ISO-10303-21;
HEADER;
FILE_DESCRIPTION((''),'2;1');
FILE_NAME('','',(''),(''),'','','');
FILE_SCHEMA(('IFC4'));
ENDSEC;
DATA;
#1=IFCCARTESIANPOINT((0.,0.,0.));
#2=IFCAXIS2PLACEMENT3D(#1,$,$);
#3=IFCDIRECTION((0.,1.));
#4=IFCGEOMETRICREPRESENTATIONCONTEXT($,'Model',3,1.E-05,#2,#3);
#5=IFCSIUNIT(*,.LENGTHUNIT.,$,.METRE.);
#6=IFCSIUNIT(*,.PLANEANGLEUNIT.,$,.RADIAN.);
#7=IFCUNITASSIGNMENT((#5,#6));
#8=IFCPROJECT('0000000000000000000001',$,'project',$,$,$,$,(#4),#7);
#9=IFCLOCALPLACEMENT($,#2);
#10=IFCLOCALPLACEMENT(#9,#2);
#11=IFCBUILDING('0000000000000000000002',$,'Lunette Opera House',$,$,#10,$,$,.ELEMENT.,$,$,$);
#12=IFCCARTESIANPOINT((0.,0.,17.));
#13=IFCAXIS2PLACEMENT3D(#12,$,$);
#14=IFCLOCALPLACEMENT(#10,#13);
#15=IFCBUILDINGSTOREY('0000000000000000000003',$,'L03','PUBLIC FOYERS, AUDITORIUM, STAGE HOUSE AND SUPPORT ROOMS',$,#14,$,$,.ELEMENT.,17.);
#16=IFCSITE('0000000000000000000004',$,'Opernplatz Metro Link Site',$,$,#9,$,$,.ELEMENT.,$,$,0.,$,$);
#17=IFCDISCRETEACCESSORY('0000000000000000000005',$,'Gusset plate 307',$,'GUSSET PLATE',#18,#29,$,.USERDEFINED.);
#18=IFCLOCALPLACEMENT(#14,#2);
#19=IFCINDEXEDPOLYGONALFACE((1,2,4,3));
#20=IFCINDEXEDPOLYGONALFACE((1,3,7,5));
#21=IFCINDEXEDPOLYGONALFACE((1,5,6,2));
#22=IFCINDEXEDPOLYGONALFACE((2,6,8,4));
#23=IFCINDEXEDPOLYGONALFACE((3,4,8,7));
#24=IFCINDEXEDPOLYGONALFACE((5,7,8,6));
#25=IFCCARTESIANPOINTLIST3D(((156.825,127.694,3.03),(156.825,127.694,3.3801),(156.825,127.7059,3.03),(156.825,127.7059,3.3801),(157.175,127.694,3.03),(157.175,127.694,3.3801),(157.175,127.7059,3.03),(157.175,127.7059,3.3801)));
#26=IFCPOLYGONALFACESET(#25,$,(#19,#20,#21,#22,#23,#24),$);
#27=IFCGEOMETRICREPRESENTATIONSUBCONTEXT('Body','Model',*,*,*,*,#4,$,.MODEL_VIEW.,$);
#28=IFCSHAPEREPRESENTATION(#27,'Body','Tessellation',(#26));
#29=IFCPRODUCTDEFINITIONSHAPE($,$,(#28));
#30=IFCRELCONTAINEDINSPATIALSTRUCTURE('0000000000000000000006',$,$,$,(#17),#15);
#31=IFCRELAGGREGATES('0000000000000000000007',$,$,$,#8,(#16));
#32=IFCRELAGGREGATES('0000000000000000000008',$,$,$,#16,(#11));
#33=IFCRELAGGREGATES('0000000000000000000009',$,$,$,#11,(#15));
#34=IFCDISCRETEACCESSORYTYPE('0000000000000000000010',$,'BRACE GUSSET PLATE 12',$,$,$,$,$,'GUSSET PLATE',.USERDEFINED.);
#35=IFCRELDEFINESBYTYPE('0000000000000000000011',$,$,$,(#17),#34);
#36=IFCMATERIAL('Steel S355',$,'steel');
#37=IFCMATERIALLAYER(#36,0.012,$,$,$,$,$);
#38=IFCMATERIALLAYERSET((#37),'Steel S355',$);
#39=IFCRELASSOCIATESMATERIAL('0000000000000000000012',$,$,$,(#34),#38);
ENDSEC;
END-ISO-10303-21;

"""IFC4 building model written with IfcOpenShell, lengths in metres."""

from ifc_helpers import new_model, si_unit, direction, frame, origin, origin_2d, place, context, subcontext, project, spatial, rectangle, extrude, material, layer, layer_set, type_object, element, save


model = new_model("IFC4")

# Units and contexts
model_context = context("Model", 3, precision=1e-05, world=origin(), true_north=direction((0.0, 1.0)))
body_context = subcontext(model_context, "Body", "Model", "MODEL_VIEW")
ifc_project = project(units=[si_unit("LENGTHUNIT", "METRE"), si_unit("PLANEANGLEUNIT", "RADIAN")], contexts=[model_context])

# Site, building, storey
site_placement = place(None, origin())
site = spatial("IfcSite", under=ifc_project, at=site_placement, Name="Opernplatz Metro Link Site", CompositionType="ELEMENT", RefElevation=0.0)
building_placement = place(site_placement, origin())
building = spatial("IfcBuilding", under=site, at=building_placement, Name="Lunette Opera House", CompositionType="ELEMENT")
storey_placement = place(building_placement, frame((0.0, 0.0, 17.0)))
storey = spatial("IfcBuildingStorey", under=building, at=storey_placement, Name="L03", Description="PUBLIC FOYERS, AUDITORIUM, STAGE HOUSE AND SUPPORT ROOMS", CompositionType="ELEMENT", Elevation=17.0)

# Discrete accessory
ifc_material_1 = material(Name="Steel S355", Category="steel")
ifc_layer_1 = layer(ifc_material_1, 0.012)
ifc_layer_set_1 = layer_set([ifc_layer_1], Name="Steel S355")
discrete_accessory_type = type_object("IfcDiscreteAccessoryType", Name="BRACE GUSSET PLATE 12", ElementType="GUSSET PLATE", PredefinedType="USERDEFINED", material=ifc_layer_set_1)
for number, where, z_axis, x_axis, name in (
    (1, (157.0, 127.7, 3.03), (0.0, 0.0, 1.0), (1.0, 0.0, 0.0), "Gusset plate 307"),
):
    element("IfcDiscreteAccessory", number, at=place(storey_placement, frame(where, z_axis=z_axis, x_axis=x_axis)), inside=storey, type_object=discrete_accessory_type, Name=name, ObjectType="GUSSET PLATE", PredefinedType="USERDEFINED", context=body_context, shape_type="SweptSolid", body=[
        extrude(rectangle(XDim=0.3501, YDim=0.012, at=origin_2d()), origin(), (0.0, 0.0, 1.0), 0.3501),
    ])

save(model, "model.ifc")
